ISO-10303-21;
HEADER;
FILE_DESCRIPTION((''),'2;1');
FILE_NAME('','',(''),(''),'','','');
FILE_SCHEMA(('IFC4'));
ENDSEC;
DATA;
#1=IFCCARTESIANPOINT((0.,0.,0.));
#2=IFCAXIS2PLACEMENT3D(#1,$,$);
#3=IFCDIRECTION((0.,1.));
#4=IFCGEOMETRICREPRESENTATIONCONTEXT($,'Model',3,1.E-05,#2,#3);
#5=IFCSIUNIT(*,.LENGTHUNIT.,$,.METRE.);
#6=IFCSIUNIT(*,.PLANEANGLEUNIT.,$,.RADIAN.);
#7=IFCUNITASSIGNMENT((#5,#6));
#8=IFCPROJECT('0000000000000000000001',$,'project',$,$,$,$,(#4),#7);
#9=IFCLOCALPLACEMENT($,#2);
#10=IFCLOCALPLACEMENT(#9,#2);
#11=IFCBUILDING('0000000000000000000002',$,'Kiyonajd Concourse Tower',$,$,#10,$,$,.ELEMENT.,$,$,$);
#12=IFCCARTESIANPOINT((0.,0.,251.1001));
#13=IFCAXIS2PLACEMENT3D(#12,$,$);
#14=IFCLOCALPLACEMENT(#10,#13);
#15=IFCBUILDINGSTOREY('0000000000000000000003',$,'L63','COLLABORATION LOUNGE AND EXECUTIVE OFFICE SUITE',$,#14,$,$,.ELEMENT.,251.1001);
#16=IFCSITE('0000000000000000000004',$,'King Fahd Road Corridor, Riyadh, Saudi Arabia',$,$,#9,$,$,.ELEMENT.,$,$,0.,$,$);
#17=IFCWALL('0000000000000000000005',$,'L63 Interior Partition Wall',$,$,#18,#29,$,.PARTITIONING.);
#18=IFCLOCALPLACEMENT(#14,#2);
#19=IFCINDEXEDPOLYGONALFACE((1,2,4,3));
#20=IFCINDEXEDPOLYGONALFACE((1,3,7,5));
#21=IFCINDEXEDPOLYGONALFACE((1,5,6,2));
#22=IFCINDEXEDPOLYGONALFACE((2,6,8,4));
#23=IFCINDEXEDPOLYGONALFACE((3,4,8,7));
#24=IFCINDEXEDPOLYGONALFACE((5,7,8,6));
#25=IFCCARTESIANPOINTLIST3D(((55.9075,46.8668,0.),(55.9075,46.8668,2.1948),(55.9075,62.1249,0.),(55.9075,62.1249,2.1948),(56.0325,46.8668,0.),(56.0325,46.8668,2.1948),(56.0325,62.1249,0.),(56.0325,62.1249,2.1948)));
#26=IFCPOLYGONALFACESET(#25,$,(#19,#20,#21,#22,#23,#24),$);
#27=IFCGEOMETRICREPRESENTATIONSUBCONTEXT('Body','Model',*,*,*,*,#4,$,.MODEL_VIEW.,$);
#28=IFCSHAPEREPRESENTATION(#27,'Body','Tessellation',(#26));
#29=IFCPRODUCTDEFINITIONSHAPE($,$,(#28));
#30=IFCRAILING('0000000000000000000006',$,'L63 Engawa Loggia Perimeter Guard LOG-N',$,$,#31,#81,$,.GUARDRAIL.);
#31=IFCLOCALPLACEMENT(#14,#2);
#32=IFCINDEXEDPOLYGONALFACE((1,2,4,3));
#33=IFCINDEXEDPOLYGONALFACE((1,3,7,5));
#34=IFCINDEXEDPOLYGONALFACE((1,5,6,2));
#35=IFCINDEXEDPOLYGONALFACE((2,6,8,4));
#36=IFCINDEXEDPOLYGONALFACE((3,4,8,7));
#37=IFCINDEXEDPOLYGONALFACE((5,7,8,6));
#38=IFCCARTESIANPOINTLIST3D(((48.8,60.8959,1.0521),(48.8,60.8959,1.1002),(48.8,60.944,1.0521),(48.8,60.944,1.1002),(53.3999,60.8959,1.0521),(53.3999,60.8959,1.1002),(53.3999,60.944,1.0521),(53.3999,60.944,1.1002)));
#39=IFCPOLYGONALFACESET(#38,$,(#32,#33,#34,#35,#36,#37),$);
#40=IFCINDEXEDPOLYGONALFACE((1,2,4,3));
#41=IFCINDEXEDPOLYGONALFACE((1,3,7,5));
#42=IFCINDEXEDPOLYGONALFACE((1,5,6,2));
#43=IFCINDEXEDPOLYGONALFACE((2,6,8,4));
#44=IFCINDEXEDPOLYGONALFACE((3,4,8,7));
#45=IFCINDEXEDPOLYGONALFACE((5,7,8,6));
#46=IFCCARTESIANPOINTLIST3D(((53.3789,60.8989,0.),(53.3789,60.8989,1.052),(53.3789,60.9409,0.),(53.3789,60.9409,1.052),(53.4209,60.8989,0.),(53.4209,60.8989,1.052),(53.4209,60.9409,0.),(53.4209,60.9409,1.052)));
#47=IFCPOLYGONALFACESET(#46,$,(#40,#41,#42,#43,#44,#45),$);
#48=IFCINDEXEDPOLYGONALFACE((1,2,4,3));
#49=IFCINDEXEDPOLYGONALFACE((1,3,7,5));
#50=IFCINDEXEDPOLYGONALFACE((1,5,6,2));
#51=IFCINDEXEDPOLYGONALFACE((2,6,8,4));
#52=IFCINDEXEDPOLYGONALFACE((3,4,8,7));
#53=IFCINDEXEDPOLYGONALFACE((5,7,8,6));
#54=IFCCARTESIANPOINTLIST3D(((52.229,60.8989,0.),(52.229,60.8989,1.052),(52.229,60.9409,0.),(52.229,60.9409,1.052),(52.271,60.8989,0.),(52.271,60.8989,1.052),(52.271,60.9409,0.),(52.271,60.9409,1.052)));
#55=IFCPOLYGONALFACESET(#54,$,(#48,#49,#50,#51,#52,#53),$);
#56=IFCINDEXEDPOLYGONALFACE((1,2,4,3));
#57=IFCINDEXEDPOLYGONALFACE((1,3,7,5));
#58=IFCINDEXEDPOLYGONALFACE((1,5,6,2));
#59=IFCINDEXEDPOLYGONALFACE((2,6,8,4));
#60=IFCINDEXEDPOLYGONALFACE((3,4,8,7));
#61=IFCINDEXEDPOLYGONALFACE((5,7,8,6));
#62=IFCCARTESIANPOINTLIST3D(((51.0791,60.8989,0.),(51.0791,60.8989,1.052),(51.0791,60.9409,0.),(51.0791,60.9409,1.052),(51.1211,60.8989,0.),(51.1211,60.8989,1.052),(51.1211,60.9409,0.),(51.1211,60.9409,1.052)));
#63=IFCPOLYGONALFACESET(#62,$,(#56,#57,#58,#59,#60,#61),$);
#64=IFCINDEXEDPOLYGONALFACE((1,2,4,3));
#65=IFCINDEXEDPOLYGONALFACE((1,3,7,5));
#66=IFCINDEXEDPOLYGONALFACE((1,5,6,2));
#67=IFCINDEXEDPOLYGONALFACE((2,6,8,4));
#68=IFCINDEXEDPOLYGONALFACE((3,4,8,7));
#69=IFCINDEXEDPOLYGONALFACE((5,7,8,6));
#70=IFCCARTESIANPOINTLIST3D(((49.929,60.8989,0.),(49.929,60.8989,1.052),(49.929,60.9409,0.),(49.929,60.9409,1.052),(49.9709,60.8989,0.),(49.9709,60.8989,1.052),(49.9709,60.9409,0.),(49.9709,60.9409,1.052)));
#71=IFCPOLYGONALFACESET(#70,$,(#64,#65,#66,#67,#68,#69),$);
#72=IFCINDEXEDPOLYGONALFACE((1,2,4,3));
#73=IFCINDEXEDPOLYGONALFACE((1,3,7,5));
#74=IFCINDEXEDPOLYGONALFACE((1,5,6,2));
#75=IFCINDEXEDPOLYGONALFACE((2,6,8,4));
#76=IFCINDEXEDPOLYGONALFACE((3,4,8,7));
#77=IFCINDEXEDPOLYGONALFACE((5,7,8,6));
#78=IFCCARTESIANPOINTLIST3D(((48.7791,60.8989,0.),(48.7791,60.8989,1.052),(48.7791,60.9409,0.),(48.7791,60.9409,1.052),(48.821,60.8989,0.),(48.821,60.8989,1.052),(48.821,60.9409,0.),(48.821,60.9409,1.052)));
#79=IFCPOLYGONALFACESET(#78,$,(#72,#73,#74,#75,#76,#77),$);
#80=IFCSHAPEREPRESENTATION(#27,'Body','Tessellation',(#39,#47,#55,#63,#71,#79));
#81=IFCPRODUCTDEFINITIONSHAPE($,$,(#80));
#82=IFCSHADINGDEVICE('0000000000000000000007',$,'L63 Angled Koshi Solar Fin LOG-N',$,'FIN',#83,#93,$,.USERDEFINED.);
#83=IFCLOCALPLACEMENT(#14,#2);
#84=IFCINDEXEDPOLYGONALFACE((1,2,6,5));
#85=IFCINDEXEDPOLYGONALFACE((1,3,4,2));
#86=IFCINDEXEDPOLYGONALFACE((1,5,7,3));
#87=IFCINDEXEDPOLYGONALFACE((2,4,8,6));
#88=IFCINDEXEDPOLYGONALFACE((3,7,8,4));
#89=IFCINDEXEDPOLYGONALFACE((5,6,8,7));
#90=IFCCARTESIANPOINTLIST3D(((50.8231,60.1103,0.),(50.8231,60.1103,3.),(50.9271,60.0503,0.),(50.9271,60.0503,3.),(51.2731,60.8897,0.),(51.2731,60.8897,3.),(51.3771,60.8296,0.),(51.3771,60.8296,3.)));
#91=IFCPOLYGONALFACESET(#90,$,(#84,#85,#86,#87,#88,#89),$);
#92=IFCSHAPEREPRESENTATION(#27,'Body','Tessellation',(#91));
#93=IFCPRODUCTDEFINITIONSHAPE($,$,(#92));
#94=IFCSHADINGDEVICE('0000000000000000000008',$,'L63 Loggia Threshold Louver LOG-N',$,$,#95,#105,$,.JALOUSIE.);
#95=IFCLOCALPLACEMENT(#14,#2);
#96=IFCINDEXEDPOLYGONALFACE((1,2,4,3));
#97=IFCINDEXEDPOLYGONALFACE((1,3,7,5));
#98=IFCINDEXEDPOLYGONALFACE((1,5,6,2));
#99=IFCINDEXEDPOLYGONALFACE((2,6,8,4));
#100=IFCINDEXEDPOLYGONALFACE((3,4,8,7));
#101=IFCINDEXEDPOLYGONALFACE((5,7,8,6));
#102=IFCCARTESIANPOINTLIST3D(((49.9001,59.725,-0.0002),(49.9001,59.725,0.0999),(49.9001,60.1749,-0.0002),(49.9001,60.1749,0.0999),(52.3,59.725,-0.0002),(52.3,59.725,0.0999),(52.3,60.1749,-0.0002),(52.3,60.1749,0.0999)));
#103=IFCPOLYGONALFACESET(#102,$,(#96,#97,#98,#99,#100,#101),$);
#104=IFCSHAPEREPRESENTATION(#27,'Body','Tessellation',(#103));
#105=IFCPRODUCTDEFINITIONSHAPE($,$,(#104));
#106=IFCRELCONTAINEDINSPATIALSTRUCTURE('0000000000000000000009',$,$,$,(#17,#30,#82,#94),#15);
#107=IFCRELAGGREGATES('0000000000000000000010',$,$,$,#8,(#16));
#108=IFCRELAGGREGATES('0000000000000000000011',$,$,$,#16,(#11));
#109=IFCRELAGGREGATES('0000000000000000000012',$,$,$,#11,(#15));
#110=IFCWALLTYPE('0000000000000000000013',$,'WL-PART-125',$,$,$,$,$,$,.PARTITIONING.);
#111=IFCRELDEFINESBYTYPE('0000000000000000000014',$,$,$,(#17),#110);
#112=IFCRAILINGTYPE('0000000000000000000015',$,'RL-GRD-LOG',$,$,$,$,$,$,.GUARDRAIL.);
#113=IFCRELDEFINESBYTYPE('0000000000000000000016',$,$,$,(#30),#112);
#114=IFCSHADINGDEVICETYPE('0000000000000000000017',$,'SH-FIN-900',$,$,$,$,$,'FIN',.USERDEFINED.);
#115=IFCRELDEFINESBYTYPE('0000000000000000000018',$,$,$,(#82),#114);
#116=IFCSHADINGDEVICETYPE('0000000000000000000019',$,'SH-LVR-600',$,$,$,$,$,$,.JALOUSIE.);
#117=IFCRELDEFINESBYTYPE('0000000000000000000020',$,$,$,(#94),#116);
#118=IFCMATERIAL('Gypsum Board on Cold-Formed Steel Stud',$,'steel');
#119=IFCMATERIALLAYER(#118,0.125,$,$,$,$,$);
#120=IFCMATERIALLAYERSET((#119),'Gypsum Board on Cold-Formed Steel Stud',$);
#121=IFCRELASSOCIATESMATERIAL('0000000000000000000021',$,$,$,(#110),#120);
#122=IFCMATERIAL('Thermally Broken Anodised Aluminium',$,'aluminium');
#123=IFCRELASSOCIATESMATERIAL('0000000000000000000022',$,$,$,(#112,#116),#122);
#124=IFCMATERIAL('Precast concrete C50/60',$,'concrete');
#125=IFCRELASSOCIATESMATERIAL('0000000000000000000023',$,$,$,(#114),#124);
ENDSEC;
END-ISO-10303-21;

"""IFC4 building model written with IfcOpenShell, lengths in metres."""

from ifc_helpers import new_model, si_unit, direction, frame, frame_2d, origin, origin_2d, place, context, subcontext, project, spatial, rectangle, extrude, material, layer, layer_set, type_object, element, save


model = new_model("IFC4")

# Units and contexts
model_context = context("Model", 3, precision=1e-05, world=origin(), true_north=direction((0.0, 1.0)))
body_context = subcontext(model_context, "Body", "Model", "MODEL_VIEW")
ifc_project = project(units=[si_unit("LENGTHUNIT", "METRE"), si_unit("PLANEANGLEUNIT", "RADIAN")], contexts=[model_context])

# Site, building, storey
site_placement = place(None, origin())
site = spatial("IfcSite", under=ifc_project, at=site_placement, Name="King Fahd Road Corridor, Riyadh, Saudi Arabia", CompositionType="ELEMENT", RefElevation=0.0)
building_placement = place(site_placement, origin())
building = spatial("IfcBuilding", under=site, at=building_placement, Name="Kiyonajd Concourse Tower", CompositionType="ELEMENT")
storey_placement = place(building_placement, frame((0.0, 0.0, 251.1001)))
storey = spatial("IfcBuildingStorey", under=building, at=storey_placement, Name="L63", Description="COLLABORATION LOUNGE AND EXECUTIVE OFFICE SUITE", CompositionType="ELEMENT", Elevation=251.1001)

# Shared definitions
ifc_material_1 = material(Name="Thermally Broken Anodised Aluminium", Category="aluminium")

# Shared definitions
ifc_material_2 = material(Name="Precast concrete C50/60", Category="concrete")

# Wall
ifc_material_3 = material(Name="Gypsum Board on Cold-Formed Steel Stud", Category="steel")
ifc_layer_1 = layer(ifc_material_3, 0.125)
ifc_layer_set_1 = layer_set([ifc_layer_1], Name="Gypsum Board on Cold-Formed Steel Stud")
wall_type_1 = type_object("IfcWallType", Name="WL-PART-125", PredefinedType="PARTITIONING", material=ifc_layer_set_1)
wall_1_placement = place(storey_placement, frame((55.97, 46.8669, 0.0), z_axis=(0.0, 0.0, 1.0), x_axis=(0.0, 1.0, 0.0)))
element("IfcWall", 1, at=wall_1_placement, inside=storey, type_object=wall_type_1, Name="L63 Interior Partition Wall", PredefinedType="PARTITIONING", context=body_context, shape_type="SweptSolid", body=[
    extrude(rectangle(XDim=15.2581, YDim=0.125, at=frame_2d((7.6289, 0.0))), origin(), (0.0, 0.0, 1.0), 2.1948),
])

# Railing
railing_type = type_object("IfcRailingType", Name="RL-GRD-LOG", PredefinedType="GUARDRAIL", material=ifc_material_1)
railing_placement = place(storey_placement, frame((53.3999, 60.9199, 0.0)))
element("IfcRailing", 2, at=railing_placement, inside=storey, type_object=railing_type, Name="L63 Engawa Loggia Perimeter Guard LOG-N", PredefinedType="GUARDRAIL", context=body_context, shape_type="SweptSolid", body=[
    extrude(rectangle(XDim=0.0481, YDim=0.0481, at=origin_2d()), frame((0.0, 0.0, 1.0762), z_axis=(-1.0, 0.0, 0.0), x_axis=(0.0, -1.0, 0.0)), (0.0, 0.0, 1.0), 4.5999),
    extrude(rectangle(XDim=0.042, YDim=0.042, at=origin_2d()), origin(), (0.0, 0.0, 1.0), 1.052),
    extrude(rectangle(XDim=0.042, YDim=0.042, at=origin_2d()), frame((-1.1499, 0.0, 0.0)), (0.0, 0.0, 1.0), 1.052),
    extrude(rectangle(XDim=0.042, YDim=0.042, at=origin_2d()), frame((-2.2998, 0.0, 0.0)), (0.0, 0.0, 1.0), 1.052),
    extrude(rectangle(XDim=0.042, YDim=0.042, at=origin_2d()), frame((-3.45, 0.0, 0.0)), (0.0, 0.0, 1.0), 1.052),
    extrude(rectangle(XDim=0.042, YDim=0.042, at=origin_2d()), frame((-4.5999, 0.0, 0.0)), (0.0, 0.0, 1.0), 1.052),
])

# Shading devices
shading_device_type_1 = type_object("IfcShadingDeviceType", Name="SH-FIN-900", ElementType="FIN", PredefinedType="USERDEFINED", material=ifc_material_2)
shading_device_1_placement = place(storey_placement, frame((51.1001, 60.47, 0.0), z_axis=(0.0, 0.0, 1.0), x_axis=(0.5, 0.866025, 0.0)))
element("IfcShadingDevice", 3, at=shading_device_1_placement, inside=storey, type_object=shading_device_type_1, Name="L63 Angled Koshi Solar Fin LOG-N", ObjectType="FIN", PredefinedType="USERDEFINED", context=body_context, shape_type="SweptSolid", body=[
    extrude(rectangle(XDim=0.8999, YDim=0.1201, at=origin_2d()), origin(), (0.0, 0.0, 1.0), 3.0),
])
shading_device_type_2 = type_object("IfcShadingDeviceType", Name="SH-LVR-600", PredefinedType="JALOUSIE", material=ifc_material_1)
shading_device_2_placement = place(storey_placement, frame((51.1001, 59.95, -0.0002), z_axis=(0.0, 0.0, 1.0), x_axis=(1.0, 0.0, 0.0)))
element("IfcShadingDevice", 4, at=shading_device_2_placement, inside=storey, type_object=shading_device_type_2, Name="L63 Loggia Threshold Louver LOG-N", PredefinedType="JALOUSIE", context=body_context, shape_type="SweptSolid", body=[
    extrude(rectangle(XDim=2.3999, YDim=0.45, at=origin_2d()), origin(), (0.0, 0.0, 1.0), 0.1001),
])

save(model, "model.ifc")
